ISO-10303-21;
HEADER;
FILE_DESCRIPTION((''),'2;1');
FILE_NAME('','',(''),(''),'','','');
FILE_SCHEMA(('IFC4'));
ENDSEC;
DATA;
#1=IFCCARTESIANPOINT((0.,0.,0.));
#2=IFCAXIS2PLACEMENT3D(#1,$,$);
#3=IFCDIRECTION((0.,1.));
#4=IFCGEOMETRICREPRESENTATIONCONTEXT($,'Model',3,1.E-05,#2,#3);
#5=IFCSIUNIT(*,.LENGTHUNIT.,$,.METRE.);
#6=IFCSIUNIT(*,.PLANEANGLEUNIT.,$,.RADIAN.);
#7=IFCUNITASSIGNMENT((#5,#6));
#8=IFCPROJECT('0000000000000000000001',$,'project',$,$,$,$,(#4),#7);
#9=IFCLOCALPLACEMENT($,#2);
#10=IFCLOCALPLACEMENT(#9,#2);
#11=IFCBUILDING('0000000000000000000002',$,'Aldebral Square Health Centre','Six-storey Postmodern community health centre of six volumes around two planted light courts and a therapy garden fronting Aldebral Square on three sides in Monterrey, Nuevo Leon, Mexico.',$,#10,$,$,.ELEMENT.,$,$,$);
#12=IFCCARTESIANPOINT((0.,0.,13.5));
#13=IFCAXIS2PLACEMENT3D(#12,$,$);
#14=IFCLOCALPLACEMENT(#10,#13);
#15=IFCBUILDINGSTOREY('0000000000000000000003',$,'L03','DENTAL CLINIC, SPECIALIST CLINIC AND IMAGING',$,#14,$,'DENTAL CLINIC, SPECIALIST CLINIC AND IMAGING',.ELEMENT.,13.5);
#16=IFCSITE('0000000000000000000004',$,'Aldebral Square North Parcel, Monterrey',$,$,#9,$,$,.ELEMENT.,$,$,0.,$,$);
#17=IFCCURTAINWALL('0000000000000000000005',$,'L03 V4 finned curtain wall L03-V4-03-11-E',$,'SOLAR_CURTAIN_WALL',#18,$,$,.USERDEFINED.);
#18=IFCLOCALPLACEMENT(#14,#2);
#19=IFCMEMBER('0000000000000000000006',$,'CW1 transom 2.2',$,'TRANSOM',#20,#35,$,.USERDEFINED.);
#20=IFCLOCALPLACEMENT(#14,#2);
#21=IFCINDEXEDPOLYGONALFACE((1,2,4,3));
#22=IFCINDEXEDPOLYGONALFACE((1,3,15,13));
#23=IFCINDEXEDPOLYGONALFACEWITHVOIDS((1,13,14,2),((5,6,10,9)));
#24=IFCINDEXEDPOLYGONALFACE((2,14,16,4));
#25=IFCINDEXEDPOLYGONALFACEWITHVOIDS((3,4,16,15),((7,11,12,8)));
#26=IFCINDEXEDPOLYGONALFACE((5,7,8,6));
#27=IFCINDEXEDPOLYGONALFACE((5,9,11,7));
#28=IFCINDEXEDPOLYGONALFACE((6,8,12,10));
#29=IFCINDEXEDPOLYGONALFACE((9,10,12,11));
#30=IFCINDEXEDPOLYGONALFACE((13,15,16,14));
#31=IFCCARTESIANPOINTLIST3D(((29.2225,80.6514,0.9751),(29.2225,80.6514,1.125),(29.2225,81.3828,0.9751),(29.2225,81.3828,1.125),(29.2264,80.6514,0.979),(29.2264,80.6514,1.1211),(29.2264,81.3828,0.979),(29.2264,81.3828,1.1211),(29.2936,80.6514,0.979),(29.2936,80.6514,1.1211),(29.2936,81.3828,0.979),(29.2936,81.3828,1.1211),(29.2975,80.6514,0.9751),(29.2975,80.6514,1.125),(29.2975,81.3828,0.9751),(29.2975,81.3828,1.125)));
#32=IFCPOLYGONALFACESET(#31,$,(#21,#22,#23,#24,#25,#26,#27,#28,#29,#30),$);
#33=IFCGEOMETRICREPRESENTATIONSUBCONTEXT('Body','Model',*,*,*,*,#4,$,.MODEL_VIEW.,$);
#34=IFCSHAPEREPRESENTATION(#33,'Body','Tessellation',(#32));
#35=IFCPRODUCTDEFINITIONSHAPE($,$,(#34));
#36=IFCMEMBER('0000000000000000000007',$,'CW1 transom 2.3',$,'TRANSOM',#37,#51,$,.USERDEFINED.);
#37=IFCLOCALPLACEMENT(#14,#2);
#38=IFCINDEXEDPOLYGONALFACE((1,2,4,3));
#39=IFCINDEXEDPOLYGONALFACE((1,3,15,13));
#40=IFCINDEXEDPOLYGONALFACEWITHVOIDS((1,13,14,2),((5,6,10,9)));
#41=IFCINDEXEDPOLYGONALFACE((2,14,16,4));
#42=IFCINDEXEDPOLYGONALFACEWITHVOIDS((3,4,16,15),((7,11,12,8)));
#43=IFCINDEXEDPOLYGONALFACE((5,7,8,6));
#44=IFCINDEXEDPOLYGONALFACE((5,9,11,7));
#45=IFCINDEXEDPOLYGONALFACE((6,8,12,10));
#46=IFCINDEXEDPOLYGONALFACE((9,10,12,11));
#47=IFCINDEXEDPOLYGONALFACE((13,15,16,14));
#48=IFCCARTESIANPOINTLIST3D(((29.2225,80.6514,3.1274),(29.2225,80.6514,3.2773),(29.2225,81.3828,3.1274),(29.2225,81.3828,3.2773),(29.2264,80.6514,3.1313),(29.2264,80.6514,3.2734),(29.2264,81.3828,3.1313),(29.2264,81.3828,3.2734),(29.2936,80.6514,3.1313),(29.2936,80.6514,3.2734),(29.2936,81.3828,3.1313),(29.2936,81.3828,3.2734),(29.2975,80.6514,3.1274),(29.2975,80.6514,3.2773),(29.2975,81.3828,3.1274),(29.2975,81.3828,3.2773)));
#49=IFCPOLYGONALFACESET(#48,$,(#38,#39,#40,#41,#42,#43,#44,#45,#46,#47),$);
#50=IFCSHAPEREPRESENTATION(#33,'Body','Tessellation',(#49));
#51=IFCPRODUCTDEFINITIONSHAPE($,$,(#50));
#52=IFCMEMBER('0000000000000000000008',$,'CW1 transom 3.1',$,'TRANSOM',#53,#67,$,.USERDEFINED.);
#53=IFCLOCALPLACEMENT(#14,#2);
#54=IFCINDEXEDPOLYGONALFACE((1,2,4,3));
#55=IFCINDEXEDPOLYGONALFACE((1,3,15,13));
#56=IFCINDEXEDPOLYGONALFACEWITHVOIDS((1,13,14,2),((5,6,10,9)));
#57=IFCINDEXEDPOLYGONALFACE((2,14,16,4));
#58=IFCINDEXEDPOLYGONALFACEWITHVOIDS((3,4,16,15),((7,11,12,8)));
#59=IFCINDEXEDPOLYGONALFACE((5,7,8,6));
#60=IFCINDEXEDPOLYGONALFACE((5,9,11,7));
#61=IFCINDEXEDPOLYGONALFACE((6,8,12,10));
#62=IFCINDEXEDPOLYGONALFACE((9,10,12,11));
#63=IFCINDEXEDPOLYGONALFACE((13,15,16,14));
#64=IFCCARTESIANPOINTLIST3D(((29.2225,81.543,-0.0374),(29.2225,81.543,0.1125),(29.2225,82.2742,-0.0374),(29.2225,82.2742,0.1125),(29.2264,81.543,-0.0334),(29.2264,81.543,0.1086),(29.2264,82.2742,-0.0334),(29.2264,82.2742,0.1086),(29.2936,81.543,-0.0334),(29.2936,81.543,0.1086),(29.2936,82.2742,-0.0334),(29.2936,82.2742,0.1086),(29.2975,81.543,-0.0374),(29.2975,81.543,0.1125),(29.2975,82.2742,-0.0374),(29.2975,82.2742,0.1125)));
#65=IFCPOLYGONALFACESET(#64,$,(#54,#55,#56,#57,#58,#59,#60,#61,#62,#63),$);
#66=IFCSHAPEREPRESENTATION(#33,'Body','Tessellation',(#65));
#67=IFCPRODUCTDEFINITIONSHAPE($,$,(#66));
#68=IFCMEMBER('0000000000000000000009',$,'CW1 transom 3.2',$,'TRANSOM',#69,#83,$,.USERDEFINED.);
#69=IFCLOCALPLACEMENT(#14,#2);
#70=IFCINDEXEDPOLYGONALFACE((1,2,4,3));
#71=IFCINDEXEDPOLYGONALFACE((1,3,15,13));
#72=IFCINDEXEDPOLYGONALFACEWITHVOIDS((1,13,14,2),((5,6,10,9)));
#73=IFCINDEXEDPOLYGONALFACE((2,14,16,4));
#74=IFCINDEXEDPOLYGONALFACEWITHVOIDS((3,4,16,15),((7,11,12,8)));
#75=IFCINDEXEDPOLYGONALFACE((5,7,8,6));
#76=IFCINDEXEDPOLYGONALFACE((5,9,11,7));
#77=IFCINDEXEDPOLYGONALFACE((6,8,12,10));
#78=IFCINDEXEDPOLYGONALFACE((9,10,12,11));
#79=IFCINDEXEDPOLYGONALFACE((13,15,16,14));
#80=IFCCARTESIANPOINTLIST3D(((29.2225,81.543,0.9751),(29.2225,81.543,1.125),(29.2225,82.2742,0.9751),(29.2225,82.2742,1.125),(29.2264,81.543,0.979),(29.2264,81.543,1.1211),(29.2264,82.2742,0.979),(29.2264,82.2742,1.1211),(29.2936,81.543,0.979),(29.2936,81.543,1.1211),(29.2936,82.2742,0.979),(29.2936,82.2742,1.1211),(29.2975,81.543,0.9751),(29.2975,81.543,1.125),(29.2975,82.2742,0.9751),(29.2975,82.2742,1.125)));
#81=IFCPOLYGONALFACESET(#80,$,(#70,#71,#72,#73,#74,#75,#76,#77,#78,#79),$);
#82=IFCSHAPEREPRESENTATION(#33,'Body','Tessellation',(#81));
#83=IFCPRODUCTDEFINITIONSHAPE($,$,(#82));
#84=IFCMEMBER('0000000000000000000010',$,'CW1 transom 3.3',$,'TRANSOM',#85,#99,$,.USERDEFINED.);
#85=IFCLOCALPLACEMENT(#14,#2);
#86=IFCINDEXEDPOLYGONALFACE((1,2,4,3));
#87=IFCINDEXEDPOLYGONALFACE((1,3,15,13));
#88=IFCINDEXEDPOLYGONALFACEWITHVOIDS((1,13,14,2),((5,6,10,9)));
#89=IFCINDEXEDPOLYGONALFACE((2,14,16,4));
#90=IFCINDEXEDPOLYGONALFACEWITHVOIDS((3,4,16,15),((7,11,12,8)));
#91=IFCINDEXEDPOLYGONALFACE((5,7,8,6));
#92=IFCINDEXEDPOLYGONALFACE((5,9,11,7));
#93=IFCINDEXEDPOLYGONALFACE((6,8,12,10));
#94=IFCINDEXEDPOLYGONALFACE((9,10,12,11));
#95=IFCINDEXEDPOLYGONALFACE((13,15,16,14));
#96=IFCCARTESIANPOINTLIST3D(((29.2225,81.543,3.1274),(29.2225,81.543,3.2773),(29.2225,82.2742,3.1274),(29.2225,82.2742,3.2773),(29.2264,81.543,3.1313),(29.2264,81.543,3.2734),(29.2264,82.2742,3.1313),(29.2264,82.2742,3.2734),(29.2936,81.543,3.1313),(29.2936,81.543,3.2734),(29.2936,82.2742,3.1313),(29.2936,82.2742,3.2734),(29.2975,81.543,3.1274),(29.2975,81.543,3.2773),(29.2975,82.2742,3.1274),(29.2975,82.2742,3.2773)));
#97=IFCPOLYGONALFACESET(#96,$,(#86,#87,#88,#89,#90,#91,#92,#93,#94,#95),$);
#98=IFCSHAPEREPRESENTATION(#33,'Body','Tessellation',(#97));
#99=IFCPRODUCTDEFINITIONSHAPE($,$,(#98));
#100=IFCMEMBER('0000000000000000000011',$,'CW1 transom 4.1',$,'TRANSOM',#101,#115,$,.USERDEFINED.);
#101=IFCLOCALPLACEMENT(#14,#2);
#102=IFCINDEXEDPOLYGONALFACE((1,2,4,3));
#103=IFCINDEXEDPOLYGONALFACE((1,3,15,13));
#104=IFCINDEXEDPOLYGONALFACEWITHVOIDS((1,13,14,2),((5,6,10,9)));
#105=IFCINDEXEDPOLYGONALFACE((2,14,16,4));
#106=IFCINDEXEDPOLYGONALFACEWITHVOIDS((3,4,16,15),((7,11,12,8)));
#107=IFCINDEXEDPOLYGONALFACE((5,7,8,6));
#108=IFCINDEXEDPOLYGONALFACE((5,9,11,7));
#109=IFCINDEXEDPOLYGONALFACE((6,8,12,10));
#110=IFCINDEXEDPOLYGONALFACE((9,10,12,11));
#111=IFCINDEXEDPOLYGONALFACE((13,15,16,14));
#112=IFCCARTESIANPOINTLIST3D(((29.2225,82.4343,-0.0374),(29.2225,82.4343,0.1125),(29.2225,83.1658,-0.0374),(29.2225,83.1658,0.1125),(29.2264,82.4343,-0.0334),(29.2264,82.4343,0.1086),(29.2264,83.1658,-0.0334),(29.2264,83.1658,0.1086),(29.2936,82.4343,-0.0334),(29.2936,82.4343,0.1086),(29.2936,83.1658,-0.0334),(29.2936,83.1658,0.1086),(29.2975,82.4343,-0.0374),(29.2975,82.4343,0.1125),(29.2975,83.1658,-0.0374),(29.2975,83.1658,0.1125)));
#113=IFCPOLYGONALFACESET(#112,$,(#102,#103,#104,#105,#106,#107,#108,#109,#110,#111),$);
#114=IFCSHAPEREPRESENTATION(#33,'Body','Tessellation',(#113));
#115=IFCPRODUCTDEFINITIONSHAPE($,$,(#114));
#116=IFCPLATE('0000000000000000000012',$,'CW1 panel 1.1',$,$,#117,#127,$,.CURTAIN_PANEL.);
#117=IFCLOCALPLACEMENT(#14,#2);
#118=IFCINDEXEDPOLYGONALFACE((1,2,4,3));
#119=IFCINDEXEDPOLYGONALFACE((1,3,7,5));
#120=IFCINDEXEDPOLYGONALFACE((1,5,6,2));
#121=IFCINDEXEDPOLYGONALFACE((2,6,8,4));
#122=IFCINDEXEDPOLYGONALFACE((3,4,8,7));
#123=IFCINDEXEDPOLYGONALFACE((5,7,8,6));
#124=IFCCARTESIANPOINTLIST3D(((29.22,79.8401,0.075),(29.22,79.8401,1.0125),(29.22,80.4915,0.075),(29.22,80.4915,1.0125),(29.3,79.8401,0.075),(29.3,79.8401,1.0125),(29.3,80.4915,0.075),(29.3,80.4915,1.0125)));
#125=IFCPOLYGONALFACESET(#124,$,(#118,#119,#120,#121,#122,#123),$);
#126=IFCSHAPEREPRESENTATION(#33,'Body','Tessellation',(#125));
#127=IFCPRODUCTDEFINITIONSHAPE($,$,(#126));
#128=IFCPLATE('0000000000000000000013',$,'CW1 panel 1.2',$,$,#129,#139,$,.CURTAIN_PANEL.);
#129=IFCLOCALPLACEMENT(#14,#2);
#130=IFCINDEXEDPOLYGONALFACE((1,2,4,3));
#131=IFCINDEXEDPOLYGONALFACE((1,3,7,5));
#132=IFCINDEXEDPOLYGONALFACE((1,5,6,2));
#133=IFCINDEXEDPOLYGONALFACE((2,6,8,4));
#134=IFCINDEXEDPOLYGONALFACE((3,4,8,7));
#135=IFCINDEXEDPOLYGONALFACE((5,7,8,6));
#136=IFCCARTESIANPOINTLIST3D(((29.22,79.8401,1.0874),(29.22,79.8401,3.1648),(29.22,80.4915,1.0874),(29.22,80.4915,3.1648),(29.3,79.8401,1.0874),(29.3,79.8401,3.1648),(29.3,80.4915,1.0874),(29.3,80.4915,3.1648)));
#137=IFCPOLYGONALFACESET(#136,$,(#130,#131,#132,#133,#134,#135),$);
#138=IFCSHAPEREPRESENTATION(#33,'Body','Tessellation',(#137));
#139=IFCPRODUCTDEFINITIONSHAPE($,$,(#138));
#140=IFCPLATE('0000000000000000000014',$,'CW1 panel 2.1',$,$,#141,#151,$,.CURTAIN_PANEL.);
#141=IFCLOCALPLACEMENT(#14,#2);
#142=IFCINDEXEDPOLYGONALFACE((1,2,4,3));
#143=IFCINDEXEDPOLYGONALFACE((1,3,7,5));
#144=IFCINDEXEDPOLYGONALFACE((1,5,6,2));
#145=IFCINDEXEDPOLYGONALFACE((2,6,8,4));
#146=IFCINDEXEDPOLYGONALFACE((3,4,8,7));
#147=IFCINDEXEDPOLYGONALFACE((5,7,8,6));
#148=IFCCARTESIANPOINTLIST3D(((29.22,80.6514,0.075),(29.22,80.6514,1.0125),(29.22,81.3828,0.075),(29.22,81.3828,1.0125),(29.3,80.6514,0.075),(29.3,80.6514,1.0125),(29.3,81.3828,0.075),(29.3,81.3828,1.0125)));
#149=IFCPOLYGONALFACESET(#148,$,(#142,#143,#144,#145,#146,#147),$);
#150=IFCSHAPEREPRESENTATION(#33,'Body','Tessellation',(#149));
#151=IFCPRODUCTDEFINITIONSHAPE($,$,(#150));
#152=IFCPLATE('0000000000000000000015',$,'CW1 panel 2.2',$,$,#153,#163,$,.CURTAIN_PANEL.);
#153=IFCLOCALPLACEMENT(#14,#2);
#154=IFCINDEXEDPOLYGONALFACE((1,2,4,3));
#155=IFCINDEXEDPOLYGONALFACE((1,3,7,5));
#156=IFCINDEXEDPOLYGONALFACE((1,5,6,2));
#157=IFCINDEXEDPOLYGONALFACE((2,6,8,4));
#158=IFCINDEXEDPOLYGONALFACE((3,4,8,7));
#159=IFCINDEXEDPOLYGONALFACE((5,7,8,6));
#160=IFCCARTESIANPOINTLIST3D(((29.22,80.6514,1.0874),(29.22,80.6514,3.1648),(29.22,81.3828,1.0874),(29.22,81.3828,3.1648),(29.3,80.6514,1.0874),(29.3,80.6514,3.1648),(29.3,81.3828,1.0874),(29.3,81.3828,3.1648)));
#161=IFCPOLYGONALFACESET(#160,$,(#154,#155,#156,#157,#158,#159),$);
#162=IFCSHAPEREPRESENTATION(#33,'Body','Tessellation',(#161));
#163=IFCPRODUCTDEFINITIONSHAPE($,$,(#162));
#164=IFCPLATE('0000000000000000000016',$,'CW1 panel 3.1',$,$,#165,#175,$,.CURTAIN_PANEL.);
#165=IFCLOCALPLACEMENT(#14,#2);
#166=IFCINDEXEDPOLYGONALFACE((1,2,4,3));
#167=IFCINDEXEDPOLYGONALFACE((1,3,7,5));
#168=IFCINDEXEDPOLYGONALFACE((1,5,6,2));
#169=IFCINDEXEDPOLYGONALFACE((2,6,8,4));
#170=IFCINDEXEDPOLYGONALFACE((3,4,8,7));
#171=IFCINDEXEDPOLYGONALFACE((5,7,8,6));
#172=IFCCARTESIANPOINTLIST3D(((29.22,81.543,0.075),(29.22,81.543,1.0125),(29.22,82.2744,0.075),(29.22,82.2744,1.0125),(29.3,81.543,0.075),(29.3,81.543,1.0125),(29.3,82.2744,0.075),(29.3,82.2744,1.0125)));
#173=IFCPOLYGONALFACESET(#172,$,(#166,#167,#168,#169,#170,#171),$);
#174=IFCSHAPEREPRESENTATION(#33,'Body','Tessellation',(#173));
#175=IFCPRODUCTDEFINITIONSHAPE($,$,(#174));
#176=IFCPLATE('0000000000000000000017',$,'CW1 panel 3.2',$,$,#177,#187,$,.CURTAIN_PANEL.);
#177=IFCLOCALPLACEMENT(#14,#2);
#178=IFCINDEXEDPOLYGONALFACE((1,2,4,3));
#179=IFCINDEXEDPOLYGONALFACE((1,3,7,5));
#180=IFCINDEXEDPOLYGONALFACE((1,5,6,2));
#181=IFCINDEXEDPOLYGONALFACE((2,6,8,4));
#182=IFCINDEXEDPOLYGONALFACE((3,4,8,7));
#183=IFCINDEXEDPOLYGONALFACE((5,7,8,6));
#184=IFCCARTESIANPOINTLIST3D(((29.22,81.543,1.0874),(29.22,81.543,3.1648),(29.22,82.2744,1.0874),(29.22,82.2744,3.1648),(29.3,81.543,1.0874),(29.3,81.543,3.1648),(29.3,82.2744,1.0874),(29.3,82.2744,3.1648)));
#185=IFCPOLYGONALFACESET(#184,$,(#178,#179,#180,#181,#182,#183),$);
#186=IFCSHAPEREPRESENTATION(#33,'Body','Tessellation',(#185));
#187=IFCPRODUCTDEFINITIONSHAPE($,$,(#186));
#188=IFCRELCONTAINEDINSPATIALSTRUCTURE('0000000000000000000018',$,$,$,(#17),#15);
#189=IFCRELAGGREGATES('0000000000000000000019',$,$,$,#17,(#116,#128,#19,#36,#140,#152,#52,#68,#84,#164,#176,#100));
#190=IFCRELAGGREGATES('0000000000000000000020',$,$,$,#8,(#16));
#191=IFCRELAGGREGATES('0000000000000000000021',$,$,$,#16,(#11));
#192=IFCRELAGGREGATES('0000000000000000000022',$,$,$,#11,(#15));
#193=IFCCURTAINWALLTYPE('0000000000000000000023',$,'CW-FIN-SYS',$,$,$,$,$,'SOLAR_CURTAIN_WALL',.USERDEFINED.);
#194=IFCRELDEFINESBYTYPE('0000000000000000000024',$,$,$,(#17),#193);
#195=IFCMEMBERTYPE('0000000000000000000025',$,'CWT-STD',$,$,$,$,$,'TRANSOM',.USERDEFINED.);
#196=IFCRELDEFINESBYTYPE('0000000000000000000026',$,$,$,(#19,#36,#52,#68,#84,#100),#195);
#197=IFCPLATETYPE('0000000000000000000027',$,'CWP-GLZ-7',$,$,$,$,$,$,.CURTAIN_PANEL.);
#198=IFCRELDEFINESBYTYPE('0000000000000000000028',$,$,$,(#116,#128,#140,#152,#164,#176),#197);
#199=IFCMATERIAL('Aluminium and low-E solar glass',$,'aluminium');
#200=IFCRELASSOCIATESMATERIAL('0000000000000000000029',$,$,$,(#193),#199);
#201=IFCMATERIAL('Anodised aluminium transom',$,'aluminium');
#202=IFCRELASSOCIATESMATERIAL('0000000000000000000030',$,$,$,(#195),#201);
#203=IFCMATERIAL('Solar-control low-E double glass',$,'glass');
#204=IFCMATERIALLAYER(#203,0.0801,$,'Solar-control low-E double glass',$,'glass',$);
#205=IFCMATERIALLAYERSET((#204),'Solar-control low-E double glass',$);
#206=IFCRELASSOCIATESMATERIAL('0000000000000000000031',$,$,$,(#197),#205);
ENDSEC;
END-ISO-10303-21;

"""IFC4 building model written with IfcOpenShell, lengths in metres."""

from ifc_helpers import new_model, si_unit, direction, frame, origin, origin_2d, place, context, subcontext, project, spatial, rectangle, hollow_rectangle, extrude, material, layer, layer_set, material_profile, profile_set, type_object, element, aggregate, save


model = new_model("IFC4")

# Units and contexts
model_context = context("Model", 3, precision=1e-05, world=origin(), true_north=direction((0.0, 1.0)))
body_context = subcontext(model_context, "Body", "Model", "MODEL_VIEW")
ifc_project = project(units=[si_unit("LENGTHUNIT", "METRE"), si_unit("PLANEANGLEUNIT", "RADIAN")], contexts=[model_context])

# Site, building, storey
site_placement = place(None, origin())
site = spatial("IfcSite", under=ifc_project, at=site_placement, Name="Aldebral Square North Parcel, Monterrey", CompositionType="ELEMENT", RefElevation=0.0)
building_placement = place(site_placement, origin())
building = spatial("IfcBuilding", under=site, at=building_placement, Name="Aldebral Square Health Centre", Description="Six-storey Postmodern community health centre of six volumes around two planted light courts and a therapy garden fronting Aldebral Square on three sides in Monterrey, Nuevo Leon, Mexico.", CompositionType="ELEMENT")
storey_placement = place(building_placement, frame((0.0, 0.0, 13.5)))
storey = spatial("IfcBuildingStorey", under=building, at=storey_placement, Name="L03", Description="DENTAL CLINIC, SPECIALIST CLINIC AND IMAGING", LongName="DENTAL CLINIC, SPECIALIST CLINIC AND IMAGING", CompositionType="ELEMENT", Elevation=13.5)

# Shared definitions
ifc_material_1 = material(Name="Aluminium and low-E solar glass", Category="aluminium")
curtain_wall_type = type_object("IfcCurtainWallType", Name="CW-FIN-SYS", ElementType="SOLAR_CURTAIN_WALL", PredefinedType="USERDEFINED", material=ifc_material_1)

# Curtain wall, members, plates
curtain_wall_1_placement = place(storey_placement, origin())
curtain_wall_1 = element("IfcCurtainWall", 1, at=curtain_wall_1_placement, inside=storey, type_object=curtain_wall_type, Name="L03 V4 finned curtain wall L03-V4-03-11-E", ObjectType="SOLAR_CURTAIN_WALL", PredefinedType="USERDEFINED")
ifc_material_2 = material(Name="Anodised aluminium transom", Category="aluminium")
ifc_material_profile_1 = material_profile(ifc_material_2, hollow_rectangle(XDim=0.075, YDim=0.1499, WallThickness=0.0039, at=origin_2d()), Name="CWT 75x150x4")
ifc_profile_set_1 = profile_set([ifc_material_profile_1], Name="Anodised aluminium transom")
member_type_1 = type_object("IfcMemberType", Name="CWT-STD", ElementType="TRANSOM", PredefinedType="USERDEFINED", material=ifc_profile_set_1)
member_1_placement = place(storey_placement, frame((29.26, 80.6514, 1.05), z_axis=(0.0, 1.0, 0.0), x_axis=(-1.0, 0.0, 0.0)))
member_1 = element("IfcMember", 2, at=member_1_placement, type_object=member_type_1, Name="CW1 transom 2.2", ObjectType="TRANSOM", PredefinedType="USERDEFINED", context=body_context, shape_type="SweptSolid", body=[
    extrude(hollow_rectangle(XDim=0.075, YDim=0.1499, WallThickness=0.0039, at=origin_2d()), origin(), (0.0, 0.0, 1.0), 0.7314),
])
member_2_placement = place(storey_placement, frame((29.26, 80.6514, 3.2024), z_axis=(0.0, 1.0, 0.0), x_axis=(-1.0, 0.0, 0.0)))
member_2 = element("IfcMember", 3, at=member_2_placement, type_object=member_type_1, Name="CW1 transom 2.3", ObjectType="TRANSOM", PredefinedType="USERDEFINED", context=body_context, shape_type="SweptSolid", body=[
    extrude(hollow_rectangle(XDim=0.075, YDim=0.1499, WallThickness=0.0039, at=origin_2d()), origin(), (0.0, 0.0, 1.0), 0.7314),
])
member_3_placement = place(storey_placement, frame((29.26, 81.543, 0.0376), z_axis=(0.0, 1.0, 0.0), x_axis=(-1.0, 0.0, 0.0)))
member_3 = element("IfcMember", 4, at=member_3_placement, type_object=member_type_1, Name="CW1 transom 3.1", ObjectType="TRANSOM", PredefinedType="USERDEFINED", context=body_context, shape_type="SweptSolid", body=[
    extrude(hollow_rectangle(XDim=0.075, YDim=0.1499, WallThickness=0.0039, at=origin_2d()), origin(), (0.0, 0.0, 1.0), 0.7312),
])
member_4_placement = place(storey_placement, frame((29.26, 81.543, 1.05), z_axis=(0.0, 1.0, 0.0), x_axis=(-1.0, 0.0, 0.0)))
member_4 = element("IfcMember", 5, at=member_4_placement, type_object=member_type_1, Name="CW1 transom 3.2", ObjectType="TRANSOM", PredefinedType="USERDEFINED", context=body_context, shape_type="SweptSolid", body=[
    extrude(hollow_rectangle(XDim=0.075, YDim=0.1499, WallThickness=0.0039, at=origin_2d()), origin(), (0.0, 0.0, 1.0), 0.7312),
])
member_5_placement = place(storey_placement, frame((29.26, 81.543, 3.2024), z_axis=(0.0, 1.0, 0.0), x_axis=(-1.0, 0.0, 0.0)))
member_5 = element("IfcMember", 6, at=member_5_placement, type_object=member_type_1, Name="CW1 transom 3.3", ObjectType="TRANSOM", PredefinedType="USERDEFINED", context=body_context, shape_type="SweptSolid", body=[
    extrude(hollow_rectangle(XDim=0.075, YDim=0.1499, WallThickness=0.0039, at=origin_2d()), origin(), (0.0, 0.0, 1.0), 0.7312),
])
member_6_placement = place(storey_placement, frame((29.26, 82.4343, 0.0376), z_axis=(0.0, 1.0, 0.0), x_axis=(-1.0, 0.0, 0.0)))
member_6 = element("IfcMember", 7, at=member_6_placement, type_object=member_type_1, Name="CW1 transom 4.1", ObjectType="TRANSOM", PredefinedType="USERDEFINED", context=body_context, shape_type="SweptSolid", body=[
    extrude(hollow_rectangle(XDim=0.075, YDim=0.1499, WallThickness=0.0039, at=origin_2d()), origin(), (0.0, 0.0, 1.0), 0.7314),
])
ifc_material_3 = material(Name="Solar-control low-E double glass", Category="glass")
ifc_layer_1 = layer(ifc_material_3, 0.0801, Name="Solar-control low-E double glass", Category="glass")
ifc_layer_set_1 = layer_set([ifc_layer_1], Name="Solar-control low-E double glass")
plate_type = type_object("IfcPlateType", Name="CWP-GLZ-7", PredefinedType="CURTAIN_PANEL", material=ifc_layer_set_1)
plate_1_placement = place(storey_placement, frame((29.26, 80.1658, 0.075), z_axis=(0.0, 0.0, 1.0), x_axis=(0.0, 1.0, 0.0)))
plate_1 = element("IfcPlate", 8, at=plate_1_placement, type_object=plate_type, Name="CW1 panel 1.1", PredefinedType="CURTAIN_PANEL", context=body_context, shape_type="SweptSolid", body=[
    extrude(rectangle(XDim=0.6514, YDim=0.0801, at=origin_2d()), origin(), (0.0, 0.0, 1.0), 0.9375),
])
plate_2_placement = place(storey_placement, frame((29.26, 80.1658, 1.0874), z_axis=(0.0, 0.0, 1.0), x_axis=(0.0, 1.0, 0.0)))
plate_2 = element("IfcPlate", 9, at=plate_2_placement, type_object=plate_type, Name="CW1 panel 1.2", PredefinedType="CURTAIN_PANEL", context=body_context, shape_type="SweptSolid", body=[
    extrude(rectangle(XDim=0.6514, YDim=0.0801, at=origin_2d()), origin(), (0.0, 0.0, 1.0), 2.0774),
])
plate_3_placement = place(storey_placement, frame((29.26, 81.0171, 0.075), z_axis=(0.0, 0.0, 1.0), x_axis=(0.0, 1.0, 0.0)))
plate_3 = element("IfcPlate", 10, at=plate_3_placement, type_object=plate_type, Name="CW1 panel 2.1", PredefinedType="CURTAIN_PANEL", context=body_context, shape_type="SweptSolid", body=[
    extrude(rectangle(XDim=0.7314, YDim=0.0801, at=origin_2d()), origin(), (0.0, 0.0, 1.0), 0.9375),
])
plate_4_placement = place(storey_placement, frame((29.26, 81.0171, 1.0874), z_axis=(0.0, 0.0, 1.0), x_axis=(0.0, 1.0, 0.0)))
plate_4 = element("IfcPlate", 11, at=plate_4_placement, type_object=plate_type, Name="CW1 panel 2.2", PredefinedType="CURTAIN_PANEL", context=body_context, shape_type="SweptSolid", body=[
    extrude(rectangle(XDim=0.7314, YDim=0.0801, at=origin_2d()), origin(), (0.0, 0.0, 1.0), 2.0774),
])
plate_5_placement = place(storey_placement, frame((29.26, 81.9087, 0.075), z_axis=(0.0, 0.0, 1.0), x_axis=(0.0, 1.0, 0.0)))
plate_5 = element("IfcPlate", 12, at=plate_5_placement, type_object=plate_type, Name="CW1 panel 3.1", PredefinedType="CURTAIN_PANEL", context=body_context, shape_type="SweptSolid", body=[
    extrude(rectangle(XDim=0.7314, YDim=0.0801, at=origin_2d()), origin(), (0.0, 0.0, 1.0), 0.9375),
])
plate_6_placement = place(storey_placement, frame((29.26, 81.9087, 1.0874), z_axis=(0.0, 0.0, 1.0), x_axis=(0.0, 1.0, 0.0)))
plate_6 = element("IfcPlate", 13, at=plate_6_placement, type_object=plate_type, Name="CW1 panel 3.2", PredefinedType="CURTAIN_PANEL", context=body_context, shape_type="SweptSolid", body=[
    extrude(rectangle(XDim=0.7314, YDim=0.0801, at=origin_2d()), origin(), (0.0, 0.0, 1.0), 2.0774),
])
aggregate(curtain_wall_1, [plate_1, plate_2, member_1, member_2, plate_3, plate_4, member_3, member_4, member_5, plate_5, plate_6, member_6])

save(model, "model.ifc")
